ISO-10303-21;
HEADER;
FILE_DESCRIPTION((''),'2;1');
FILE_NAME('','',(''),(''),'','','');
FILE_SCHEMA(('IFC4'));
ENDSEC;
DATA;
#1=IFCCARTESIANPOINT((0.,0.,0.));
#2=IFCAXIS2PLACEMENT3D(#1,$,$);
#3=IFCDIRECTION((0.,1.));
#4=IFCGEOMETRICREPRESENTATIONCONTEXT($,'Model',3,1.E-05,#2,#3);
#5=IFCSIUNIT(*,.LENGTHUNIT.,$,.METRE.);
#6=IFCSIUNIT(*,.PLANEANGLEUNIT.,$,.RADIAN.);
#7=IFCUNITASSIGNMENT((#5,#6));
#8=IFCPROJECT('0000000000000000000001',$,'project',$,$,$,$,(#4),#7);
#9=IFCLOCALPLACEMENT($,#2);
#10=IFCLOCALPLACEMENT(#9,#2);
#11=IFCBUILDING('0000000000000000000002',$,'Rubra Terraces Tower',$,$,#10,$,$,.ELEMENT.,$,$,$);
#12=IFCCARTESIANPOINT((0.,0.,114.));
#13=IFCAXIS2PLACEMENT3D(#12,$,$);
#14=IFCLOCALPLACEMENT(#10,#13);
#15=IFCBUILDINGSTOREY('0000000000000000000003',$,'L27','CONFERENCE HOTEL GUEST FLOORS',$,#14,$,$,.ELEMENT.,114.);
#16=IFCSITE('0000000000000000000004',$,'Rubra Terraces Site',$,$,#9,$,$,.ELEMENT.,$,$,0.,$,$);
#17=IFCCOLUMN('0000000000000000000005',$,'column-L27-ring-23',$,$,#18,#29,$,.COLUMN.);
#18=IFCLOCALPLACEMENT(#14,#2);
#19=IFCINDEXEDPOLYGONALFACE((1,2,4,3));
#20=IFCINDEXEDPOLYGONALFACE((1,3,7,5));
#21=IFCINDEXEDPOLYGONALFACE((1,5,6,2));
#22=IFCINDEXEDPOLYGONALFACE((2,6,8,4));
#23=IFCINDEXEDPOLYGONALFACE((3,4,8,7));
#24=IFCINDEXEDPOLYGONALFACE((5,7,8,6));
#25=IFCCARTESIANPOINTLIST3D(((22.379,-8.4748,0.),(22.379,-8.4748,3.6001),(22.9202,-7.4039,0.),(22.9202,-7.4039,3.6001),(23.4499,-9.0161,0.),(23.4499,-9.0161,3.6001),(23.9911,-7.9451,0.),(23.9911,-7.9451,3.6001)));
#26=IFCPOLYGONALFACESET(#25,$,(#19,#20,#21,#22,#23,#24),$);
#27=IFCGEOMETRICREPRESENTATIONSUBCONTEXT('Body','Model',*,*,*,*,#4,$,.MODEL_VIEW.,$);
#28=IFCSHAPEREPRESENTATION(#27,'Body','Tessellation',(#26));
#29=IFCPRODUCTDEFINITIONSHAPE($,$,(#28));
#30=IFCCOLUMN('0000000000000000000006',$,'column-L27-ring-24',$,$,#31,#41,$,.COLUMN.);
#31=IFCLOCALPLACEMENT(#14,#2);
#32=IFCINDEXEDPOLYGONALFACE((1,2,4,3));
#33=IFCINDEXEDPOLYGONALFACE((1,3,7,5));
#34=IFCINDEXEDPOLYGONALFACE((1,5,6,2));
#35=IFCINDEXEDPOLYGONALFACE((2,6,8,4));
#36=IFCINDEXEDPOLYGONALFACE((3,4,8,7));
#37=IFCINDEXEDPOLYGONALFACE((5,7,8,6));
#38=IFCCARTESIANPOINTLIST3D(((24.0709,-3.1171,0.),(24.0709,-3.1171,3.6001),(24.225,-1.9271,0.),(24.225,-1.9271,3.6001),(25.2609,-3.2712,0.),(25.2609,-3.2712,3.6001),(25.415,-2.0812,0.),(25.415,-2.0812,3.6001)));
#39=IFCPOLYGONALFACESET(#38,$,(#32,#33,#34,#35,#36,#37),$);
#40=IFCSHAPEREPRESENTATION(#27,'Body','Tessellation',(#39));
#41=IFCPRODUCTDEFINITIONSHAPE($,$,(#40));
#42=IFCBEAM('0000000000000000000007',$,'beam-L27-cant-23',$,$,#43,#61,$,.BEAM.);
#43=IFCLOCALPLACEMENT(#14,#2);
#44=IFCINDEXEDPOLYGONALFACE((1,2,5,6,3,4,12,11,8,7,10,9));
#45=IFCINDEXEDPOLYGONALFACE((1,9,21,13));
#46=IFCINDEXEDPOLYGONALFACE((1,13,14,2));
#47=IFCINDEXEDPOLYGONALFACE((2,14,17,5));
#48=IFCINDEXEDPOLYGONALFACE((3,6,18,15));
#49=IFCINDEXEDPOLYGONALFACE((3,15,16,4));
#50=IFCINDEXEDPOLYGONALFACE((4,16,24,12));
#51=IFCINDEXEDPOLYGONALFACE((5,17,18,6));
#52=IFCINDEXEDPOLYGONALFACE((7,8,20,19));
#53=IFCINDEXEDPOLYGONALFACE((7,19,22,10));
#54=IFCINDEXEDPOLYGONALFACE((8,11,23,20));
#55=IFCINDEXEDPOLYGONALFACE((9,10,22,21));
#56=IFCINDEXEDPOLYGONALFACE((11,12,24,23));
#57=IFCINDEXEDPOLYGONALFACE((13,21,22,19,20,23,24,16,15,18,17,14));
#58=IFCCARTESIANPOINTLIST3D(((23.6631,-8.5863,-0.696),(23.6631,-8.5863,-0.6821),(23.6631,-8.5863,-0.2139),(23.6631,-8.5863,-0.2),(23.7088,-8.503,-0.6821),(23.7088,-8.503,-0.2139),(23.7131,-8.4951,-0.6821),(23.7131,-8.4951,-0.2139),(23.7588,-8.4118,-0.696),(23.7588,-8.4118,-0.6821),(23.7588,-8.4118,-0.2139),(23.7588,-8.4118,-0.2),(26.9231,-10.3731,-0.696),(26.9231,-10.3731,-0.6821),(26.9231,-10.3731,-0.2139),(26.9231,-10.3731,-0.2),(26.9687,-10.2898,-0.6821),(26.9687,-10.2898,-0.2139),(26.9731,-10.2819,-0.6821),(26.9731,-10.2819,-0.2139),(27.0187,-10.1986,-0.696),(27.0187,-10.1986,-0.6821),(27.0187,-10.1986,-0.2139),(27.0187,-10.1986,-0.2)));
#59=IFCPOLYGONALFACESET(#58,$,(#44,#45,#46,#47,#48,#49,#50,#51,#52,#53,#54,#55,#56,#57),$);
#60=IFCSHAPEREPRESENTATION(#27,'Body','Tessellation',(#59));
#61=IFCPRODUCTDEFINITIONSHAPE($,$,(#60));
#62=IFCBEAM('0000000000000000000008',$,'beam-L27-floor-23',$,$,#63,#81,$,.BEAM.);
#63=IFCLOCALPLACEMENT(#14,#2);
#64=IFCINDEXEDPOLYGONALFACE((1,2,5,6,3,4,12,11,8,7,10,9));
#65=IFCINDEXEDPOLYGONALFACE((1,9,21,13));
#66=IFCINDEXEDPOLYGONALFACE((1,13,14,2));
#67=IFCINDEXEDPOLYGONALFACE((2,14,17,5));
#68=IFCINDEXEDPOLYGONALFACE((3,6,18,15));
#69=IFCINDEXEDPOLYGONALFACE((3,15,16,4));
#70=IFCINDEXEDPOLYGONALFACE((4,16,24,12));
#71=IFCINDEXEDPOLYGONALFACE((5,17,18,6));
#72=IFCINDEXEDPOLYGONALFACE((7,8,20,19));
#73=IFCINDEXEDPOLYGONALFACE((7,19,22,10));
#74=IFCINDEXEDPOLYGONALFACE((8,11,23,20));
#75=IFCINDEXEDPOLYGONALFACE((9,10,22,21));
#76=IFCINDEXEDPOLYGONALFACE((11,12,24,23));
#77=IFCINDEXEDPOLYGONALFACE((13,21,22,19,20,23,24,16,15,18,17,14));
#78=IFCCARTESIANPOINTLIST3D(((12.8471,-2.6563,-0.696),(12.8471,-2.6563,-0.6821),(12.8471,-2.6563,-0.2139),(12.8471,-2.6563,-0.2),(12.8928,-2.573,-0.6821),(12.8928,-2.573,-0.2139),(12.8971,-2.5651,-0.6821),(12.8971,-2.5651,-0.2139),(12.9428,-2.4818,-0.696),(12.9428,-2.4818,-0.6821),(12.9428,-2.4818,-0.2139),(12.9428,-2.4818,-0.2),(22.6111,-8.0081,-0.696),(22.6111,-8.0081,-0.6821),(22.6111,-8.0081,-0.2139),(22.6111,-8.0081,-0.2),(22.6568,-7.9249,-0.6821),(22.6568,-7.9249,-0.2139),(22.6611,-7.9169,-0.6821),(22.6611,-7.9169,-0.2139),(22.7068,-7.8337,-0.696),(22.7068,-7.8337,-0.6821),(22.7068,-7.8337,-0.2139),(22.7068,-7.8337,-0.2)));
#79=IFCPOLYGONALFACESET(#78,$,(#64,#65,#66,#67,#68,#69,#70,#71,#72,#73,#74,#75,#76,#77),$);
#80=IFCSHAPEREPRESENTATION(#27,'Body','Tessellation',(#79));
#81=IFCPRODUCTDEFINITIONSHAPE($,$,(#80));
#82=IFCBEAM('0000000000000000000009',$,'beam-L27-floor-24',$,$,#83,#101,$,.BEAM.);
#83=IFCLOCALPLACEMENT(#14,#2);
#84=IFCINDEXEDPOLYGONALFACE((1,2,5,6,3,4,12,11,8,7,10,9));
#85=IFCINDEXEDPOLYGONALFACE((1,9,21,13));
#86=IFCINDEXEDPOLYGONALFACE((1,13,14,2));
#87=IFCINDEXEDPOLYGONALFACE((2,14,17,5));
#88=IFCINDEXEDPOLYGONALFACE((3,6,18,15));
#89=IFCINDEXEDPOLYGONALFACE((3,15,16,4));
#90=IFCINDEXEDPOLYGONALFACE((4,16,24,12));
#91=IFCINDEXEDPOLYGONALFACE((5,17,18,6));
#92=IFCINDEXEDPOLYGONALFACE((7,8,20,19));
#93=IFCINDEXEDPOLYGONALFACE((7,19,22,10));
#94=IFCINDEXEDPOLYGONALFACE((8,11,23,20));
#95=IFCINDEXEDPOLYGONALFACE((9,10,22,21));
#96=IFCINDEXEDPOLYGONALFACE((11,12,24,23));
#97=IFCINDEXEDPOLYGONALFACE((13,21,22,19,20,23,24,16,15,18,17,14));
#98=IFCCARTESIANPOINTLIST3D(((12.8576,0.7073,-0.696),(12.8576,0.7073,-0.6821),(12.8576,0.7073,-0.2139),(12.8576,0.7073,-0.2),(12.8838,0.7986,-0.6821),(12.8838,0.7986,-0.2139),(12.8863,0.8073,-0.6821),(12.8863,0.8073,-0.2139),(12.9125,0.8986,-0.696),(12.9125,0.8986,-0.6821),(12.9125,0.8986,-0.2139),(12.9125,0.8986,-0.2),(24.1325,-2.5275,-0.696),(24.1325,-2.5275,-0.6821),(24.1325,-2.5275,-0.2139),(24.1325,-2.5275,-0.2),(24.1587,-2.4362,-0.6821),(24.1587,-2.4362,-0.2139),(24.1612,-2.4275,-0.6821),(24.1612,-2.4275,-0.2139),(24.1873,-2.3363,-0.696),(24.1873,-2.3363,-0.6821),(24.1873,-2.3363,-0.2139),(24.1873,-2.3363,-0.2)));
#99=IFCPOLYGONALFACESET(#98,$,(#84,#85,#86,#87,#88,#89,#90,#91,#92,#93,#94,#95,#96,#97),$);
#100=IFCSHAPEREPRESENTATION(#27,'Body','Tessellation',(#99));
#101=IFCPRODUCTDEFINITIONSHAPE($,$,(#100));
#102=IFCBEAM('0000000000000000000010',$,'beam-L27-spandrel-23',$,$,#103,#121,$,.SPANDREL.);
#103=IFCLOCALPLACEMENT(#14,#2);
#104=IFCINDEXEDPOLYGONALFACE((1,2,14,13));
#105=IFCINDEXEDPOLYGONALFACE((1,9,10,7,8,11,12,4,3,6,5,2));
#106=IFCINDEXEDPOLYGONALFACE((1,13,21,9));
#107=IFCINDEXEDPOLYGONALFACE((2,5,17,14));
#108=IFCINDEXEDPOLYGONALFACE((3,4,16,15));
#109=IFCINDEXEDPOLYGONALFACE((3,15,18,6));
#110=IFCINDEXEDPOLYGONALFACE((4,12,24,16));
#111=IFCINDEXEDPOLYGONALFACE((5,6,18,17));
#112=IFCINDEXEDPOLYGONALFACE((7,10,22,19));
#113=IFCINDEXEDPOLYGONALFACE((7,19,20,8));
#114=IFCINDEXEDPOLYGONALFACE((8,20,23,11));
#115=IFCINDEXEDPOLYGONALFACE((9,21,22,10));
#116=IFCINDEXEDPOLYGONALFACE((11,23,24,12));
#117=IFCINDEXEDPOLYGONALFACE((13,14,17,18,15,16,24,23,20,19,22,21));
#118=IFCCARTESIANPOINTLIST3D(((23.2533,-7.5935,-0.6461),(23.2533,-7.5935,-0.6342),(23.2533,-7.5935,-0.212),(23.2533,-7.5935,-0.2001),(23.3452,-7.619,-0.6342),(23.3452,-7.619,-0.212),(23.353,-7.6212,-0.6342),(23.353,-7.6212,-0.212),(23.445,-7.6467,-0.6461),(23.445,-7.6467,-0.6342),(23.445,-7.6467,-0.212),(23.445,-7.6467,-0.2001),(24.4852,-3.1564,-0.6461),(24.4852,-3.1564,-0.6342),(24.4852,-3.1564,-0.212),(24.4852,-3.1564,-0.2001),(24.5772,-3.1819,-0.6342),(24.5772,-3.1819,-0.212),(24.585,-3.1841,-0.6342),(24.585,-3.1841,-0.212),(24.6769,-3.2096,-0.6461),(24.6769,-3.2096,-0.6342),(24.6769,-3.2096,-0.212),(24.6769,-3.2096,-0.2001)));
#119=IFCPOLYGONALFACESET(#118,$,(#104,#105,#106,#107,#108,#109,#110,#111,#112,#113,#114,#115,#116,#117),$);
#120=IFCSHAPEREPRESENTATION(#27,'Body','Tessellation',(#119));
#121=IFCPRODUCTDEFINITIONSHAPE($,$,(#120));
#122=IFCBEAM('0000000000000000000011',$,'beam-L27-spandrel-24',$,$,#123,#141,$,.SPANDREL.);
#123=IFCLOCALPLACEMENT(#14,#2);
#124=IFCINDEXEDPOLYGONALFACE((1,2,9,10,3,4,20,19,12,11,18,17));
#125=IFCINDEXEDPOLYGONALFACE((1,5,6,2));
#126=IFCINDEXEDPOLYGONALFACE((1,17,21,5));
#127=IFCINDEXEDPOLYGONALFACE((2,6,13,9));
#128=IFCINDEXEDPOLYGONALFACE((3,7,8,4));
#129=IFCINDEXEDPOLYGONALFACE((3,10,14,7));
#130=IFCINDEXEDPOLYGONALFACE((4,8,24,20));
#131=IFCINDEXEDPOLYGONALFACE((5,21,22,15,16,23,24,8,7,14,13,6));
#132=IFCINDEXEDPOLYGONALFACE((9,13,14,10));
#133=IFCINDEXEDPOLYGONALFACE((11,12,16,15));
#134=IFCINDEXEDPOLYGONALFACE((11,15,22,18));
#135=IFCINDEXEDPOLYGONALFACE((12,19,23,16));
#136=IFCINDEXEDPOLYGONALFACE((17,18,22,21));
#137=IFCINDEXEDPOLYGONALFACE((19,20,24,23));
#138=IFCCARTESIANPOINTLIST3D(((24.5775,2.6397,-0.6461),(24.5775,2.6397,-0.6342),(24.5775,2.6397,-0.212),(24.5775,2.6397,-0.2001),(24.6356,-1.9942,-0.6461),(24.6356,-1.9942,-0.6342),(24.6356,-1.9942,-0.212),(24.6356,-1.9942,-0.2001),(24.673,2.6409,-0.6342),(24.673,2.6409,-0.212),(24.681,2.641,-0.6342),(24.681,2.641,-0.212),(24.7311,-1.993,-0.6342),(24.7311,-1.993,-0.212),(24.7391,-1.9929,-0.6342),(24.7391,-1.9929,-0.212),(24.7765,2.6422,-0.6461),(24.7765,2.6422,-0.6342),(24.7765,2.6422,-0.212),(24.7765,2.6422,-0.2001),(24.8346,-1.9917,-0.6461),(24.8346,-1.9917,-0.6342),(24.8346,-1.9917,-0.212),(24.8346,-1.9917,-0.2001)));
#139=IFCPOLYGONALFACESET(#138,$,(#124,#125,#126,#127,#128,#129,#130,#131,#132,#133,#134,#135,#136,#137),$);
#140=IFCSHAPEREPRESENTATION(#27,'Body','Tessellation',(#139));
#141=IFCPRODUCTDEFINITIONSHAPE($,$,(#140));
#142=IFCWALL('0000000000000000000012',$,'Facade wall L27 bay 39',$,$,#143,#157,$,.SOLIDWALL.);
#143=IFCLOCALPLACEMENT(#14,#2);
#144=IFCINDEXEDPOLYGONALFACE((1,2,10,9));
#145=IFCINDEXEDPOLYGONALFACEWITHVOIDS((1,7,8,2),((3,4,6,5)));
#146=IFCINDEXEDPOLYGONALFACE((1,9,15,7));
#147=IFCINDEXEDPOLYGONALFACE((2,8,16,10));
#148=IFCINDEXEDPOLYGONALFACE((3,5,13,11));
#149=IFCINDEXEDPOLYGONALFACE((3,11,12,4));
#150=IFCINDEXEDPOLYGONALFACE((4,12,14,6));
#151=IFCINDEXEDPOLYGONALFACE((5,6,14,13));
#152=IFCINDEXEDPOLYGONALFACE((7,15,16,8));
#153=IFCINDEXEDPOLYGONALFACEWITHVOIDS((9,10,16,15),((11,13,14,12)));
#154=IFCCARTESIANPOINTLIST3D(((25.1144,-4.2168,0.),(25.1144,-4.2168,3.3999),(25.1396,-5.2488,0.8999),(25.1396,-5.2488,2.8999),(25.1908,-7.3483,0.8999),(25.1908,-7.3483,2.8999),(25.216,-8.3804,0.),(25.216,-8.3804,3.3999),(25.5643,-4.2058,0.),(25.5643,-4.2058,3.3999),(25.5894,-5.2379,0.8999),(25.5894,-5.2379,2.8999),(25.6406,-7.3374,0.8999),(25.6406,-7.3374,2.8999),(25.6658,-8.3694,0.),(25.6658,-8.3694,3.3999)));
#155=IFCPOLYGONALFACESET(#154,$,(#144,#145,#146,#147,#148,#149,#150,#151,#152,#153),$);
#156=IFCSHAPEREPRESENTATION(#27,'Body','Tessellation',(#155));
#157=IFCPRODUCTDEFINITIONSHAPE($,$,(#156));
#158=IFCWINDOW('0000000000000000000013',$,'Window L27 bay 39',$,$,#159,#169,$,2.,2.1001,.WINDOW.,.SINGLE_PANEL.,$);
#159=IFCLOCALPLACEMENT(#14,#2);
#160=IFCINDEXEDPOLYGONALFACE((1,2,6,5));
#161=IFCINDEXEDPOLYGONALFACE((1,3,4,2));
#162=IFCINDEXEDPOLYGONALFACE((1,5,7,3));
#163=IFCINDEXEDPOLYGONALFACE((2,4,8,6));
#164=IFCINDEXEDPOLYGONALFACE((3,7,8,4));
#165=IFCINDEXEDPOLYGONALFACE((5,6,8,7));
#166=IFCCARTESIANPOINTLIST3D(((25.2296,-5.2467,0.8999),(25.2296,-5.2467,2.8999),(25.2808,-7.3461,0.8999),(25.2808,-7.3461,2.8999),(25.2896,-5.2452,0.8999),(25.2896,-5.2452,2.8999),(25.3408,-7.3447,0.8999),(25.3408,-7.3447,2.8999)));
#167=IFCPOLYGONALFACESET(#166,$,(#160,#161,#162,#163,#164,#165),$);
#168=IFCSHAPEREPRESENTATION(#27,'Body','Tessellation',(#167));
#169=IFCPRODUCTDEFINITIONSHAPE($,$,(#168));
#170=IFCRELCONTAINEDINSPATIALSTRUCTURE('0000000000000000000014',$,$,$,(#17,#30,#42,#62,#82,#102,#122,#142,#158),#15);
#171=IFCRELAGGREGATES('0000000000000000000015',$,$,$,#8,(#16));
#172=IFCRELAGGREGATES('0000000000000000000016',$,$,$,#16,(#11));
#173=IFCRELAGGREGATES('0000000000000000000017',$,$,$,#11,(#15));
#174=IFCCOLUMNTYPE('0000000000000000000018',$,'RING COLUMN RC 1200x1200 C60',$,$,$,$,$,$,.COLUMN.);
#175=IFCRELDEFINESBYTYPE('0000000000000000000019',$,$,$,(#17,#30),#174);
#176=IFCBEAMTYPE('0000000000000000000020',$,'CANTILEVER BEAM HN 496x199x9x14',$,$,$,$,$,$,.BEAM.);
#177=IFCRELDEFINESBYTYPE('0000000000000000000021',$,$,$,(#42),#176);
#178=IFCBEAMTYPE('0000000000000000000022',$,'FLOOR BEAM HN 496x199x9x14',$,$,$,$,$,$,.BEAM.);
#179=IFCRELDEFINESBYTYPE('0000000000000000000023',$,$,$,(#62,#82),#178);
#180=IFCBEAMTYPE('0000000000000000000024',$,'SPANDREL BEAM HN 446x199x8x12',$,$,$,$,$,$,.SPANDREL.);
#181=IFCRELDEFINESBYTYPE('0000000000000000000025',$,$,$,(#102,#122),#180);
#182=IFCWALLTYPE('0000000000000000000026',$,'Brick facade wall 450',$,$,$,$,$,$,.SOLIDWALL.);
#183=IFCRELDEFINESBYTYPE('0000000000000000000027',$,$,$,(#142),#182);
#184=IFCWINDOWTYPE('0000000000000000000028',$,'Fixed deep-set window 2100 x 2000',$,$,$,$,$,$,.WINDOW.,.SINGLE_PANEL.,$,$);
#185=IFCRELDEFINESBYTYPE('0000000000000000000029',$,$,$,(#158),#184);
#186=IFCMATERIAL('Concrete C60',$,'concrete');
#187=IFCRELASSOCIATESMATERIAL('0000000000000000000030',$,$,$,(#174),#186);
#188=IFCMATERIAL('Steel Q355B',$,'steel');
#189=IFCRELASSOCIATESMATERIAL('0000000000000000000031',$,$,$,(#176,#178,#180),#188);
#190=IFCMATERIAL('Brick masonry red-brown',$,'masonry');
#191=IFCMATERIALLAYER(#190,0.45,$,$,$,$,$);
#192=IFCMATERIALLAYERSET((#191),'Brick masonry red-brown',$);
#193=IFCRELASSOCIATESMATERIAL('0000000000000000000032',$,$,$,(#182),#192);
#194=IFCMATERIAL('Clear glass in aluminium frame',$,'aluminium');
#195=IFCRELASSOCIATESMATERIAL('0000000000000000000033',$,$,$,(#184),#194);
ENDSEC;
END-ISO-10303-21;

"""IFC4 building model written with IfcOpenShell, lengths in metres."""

from ifc_helpers import new_model, si_unit, direction, frame, frame_2d, origin, origin_2d, place, context, subcontext, project, spatial, rectangle, i_section, extrude, material, layer, layer_set, material_profile, profile_set, type_object, element, fill, save


model = new_model("IFC4")

# Units and contexts
model_context = context("Model", 3, precision=1e-05, world=origin(), true_north=direction((0.0, 1.0)))
body_context = subcontext(model_context, "Body", "Model", "MODEL_VIEW")
ifc_project = project(units=[si_unit("LENGTHUNIT", "METRE"), si_unit("PLANEANGLEUNIT", "RADIAN")], contexts=[model_context])

# Site, building, storey
site_placement = place(None, origin())
site = spatial("IfcSite", under=ifc_project, at=site_placement, Name="Rubra Terraces Site", CompositionType="ELEMENT", RefElevation=0.0)
building_placement = place(site_placement, origin())
building = spatial("IfcBuilding", under=site, at=building_placement, Name="Rubra Terraces Tower", CompositionType="ELEMENT")
storey_placement = place(building_placement, frame((0.0, 0.0, 114.0)))
storey = spatial("IfcBuildingStorey", under=building, at=storey_placement, Name="L27", Description="CONFERENCE HOTEL GUEST FLOORS", CompositionType="ELEMENT", Elevation=114.0)

# Columns
ifc_material_1 = material(Name="Concrete C60", Category="concrete")
ifc_material_profile_1 = material_profile(ifc_material_1, rectangle(XDim=1.2, YDim=1.2, at=origin_2d()), Name="RC 1200x1200")
ifc_profile_set_1 = profile_set([ifc_material_profile_1], Name="Concrete C60")
column_type = type_object("IfcColumnType", Name="RING COLUMN RC 1200x1200 C60", PredefinedType="COLUMN", material=ifc_profile_set_1)
for number, where, z_axis, x_axis, name in (
    (1, (23.1851, -8.21, 0.0), (0.0, 0.0, 1.0), (0.451028, 0.89251, 0.0), "column-L27-ring-23"),
    (2, (24.7429, -2.5991, 0.0), (0.0, 0.0, 1.0), (0.128444, 0.991717, 0.0), "column-L27-ring-24"),
):
    element("IfcColumn", number, at=place(storey_placement, frame(where, z_axis=z_axis, x_axis=x_axis)), inside=storey, type_object=column_type, Name=name, PredefinedType="COLUMN", context=body_context, shape_type="SweptSolid", body=[
        extrude(rectangle(XDim=1.2, YDim=1.2, at=origin_2d()), origin(), (0.0, 0.0, 1.0), 3.6001),
    ])

# Beams
ifc_material_2 = material(Name="Steel Q355B", Category="steel")
ifc_material_profile_2 = material_profile(ifc_material_2, i_section(OverallWidth=0.199, OverallDepth=0.4961, WebThickness=0.009, FlangeThickness=0.0139, at=origin_2d()), Name="HN 496x199x9x14")
ifc_profile_set_2 = profile_set([ifc_material_profile_2], Name="Steel Q355B")
beam_type_1 = type_object("IfcBeamType", Name="CANTILEVER BEAM HN 496x199x9x14", PredefinedType="BEAM", material=ifc_profile_set_2)
beam_1_placement = place(storey_placement, frame((23.7109, -8.499, -0.448), z_axis=(0.876912, -0.48065, 0.0), x_axis=(0.48065, 0.876912, 0.0)))
element("IfcBeam", 3, at=beam_1_placement, inside=storey, type_object=beam_type_1, Name="beam-L27-cant-23", PredefinedType="BEAM", context=body_context, shape_type="SweptSolid", body=[
    extrude(i_section(OverallWidth=0.199, OverallDepth=0.4961, WebThickness=0.009, FlangeThickness=0.0139, at=origin_2d()), origin(), (0.0, 0.0, 1.0), 3.7175),
])
ifc_material_profile_3 = material_profile(ifc_material_2, i_section(OverallWidth=0.199, OverallDepth=0.4961, WebThickness=0.009, FlangeThickness=0.0139, at=origin_2d()), Name="HN 496x199x9x14")
ifc_profile_set_3 = profile_set([ifc_material_profile_3], Name="Steel Q355B")
beam_type_2 = type_object("IfcBeamType", Name="FLOOR BEAM HN 496x199x9x14", PredefinedType="BEAM", material=ifc_profile_set_3)
beam_2_placement = place(storey_placement, frame((22.6589, -7.9209, -0.448), z_axis=(-0.876911, 0.480653, 0.0), x_axis=(-0.480653, -0.876911, 0.0)))
element("IfcBeam", 4, at=beam_2_placement, inside=storey, type_object=beam_type_2, Name="beam-L27-floor-23", PredefinedType="BEAM", context=body_context, shape_type="SweptSolid", body=[
    extrude(i_section(OverallWidth=0.199, OverallDepth=0.4961, WebThickness=0.009, FlangeThickness=0.0139, at=origin_2d()), origin(), (0.0, 0.0, 1.0), 11.1345),
])
beam_3_placement = place(storey_placement, frame((24.1599, -2.4319, -0.448), z_axis=(-0.96122, 0.275782, 0.0), x_axis=(-0.275782, -0.96122, 0.0)))
element("IfcBeam", 5, at=beam_3_placement, inside=storey, type_object=beam_type_2, Name="beam-L27-floor-24", PredefinedType="BEAM", context=body_context, shape_type="SweptSolid", body=[
    extrude(i_section(OverallWidth=0.199, OverallDepth=0.4961, WebThickness=0.009, FlangeThickness=0.0139, at=origin_2d()), origin(), (0.0, 0.0, 1.0), 11.7297),
])
ifc_material_profile_4 = material_profile(ifc_material_2, i_section(OverallWidth=0.199, OverallDepth=0.446, WebThickness=0.0081, FlangeThickness=0.012, at=origin_2d()), Name="HN 446x199x8x12")
ifc_profile_set_4 = profile_set([ifc_material_profile_4], Name="Steel Q355B")
beam_type_3 = type_object("IfcBeamType", Name="SPANDREL BEAM HN 446x199x8x12", PredefinedType="SPANDREL", material=ifc_profile_set_4)
beam_4_placement = place(storey_placement, frame((23.3491, -7.6201, -0.4231), z_axis=(0.267529, 0.96355, 0.0), x_axis=(-0.96355, 0.267529, 0.0)))
element("IfcBeam", 6, at=beam_4_placement, inside=storey, type_object=beam_type_3, Name="beam-L27-spandrel-23", PredefinedType="SPANDREL", context=body_context, shape_type="SweptSolid", body=[
    extrude(i_section(OverallWidth=0.199, OverallDepth=0.446, WebThickness=0.0081, FlangeThickness=0.012, at=origin_2d()), origin(), (0.0, 0.0, 1.0), 4.605),
])
beam_5_placement = place(storey_placement, frame((24.7351, -1.9929, -0.4231), z_axis=(-0.012538, 0.999921, 0.0), x_axis=(-0.999921, -0.012538, 0.0)))
element("IfcBeam", 7, at=beam_5_placement, inside=storey, type_object=beam_type_3, Name="beam-L27-spandrel-24", PredefinedType="SPANDREL", context=body_context, shape_type="SweptSolid", body=[
    extrude(i_section(OverallWidth=0.199, OverallDepth=0.446, WebThickness=0.0081, FlangeThickness=0.012, at=origin_2d()), origin(), (0.0, 0.0, 1.0), 4.6343),
])

# Wall, opening, window
ifc_material_3 = material(Name="Brick masonry red-brown", Category="masonry")
ifc_layer_1 = layer(ifc_material_3, 0.45)
ifc_layer_set_1 = layer_set([ifc_layer_1], Name="Brick masonry red-brown")
wall_type_1 = type_object("IfcWallType", Name="Brick facade wall 450", PredefinedType="SOLIDWALL", material=ifc_layer_set_1)
wall_1_placement = place(storey_placement, frame((25.4409, -8.375, 0.0), z_axis=(0.0, 0.0, 1.0), x_axis=(-0.024386, 0.999703, 0.0)))
wall_1 = element("IfcWall", 8, at=wall_1_placement, inside=storey, type_object=wall_type_1, Name="Facade wall L27 bay 39", PredefinedType="SOLIDWALL", context=body_context, shape_type="SweptSolid", body=[
    extrude(rectangle(XDim=4.1648, YDim=0.45, at=frame_2d((2.0825, 0.0))), origin(), (0.0, 0.0, 1.0), 3.3999),
])
opening_1_placement = place(wall_1_placement, frame((1.0325, 0.0, 0.8999)))
opening_1 = element("IfcOpeningElement", 9, at=opening_1_placement, cuts=wall_1, PredefinedType="OPENING", context=body_context, shape_type="SweptSolid", body=[
    extrude(rectangle(XDim=2.1001, YDim=2.0, at=frame_2d((1.05, 1.0))), frame((0.0, 0.2349, 0.0), z_axis=(0.0, -1.0, 0.0), x_axis=(1.0, 0.0, 0.0)), (0.0, 0.0, 1.0), 0.47),
])
ifc_material_4 = material(Name="Clear glass in aluminium frame", Category="aluminium")
window_type = type_object("IfcWindowType", Name="Fixed deep-set window 2100 x 2000", PartitioningType="SINGLE_PANEL", PredefinedType="WINDOW", material=ifc_material_4)
window_1_placement = place(opening_1_placement, origin())
window_1 = element("IfcWindow", 10, at=window_1_placement, inside=storey, type_object=window_type, Name="Window L27 bay 39", OverallHeight=2.0, OverallWidth=2.1001, PartitioningType="SINGLE_PANEL", PredefinedType="WINDOW", context=body_context, shape_type="SweptSolid", body=[
    extrude(rectangle(XDim=2.1001, YDim=2.0, at=frame_2d((1.05, 1.0))), frame((0.0, 0.135, 0.0), z_axis=(0.0, -1.0, 0.0), x_axis=(1.0, 0.0, 0.0)), (0.0, 0.0, 1.0), 0.0601),
])
fill(opening_1, window_1)

save(model, "model.ifc")
